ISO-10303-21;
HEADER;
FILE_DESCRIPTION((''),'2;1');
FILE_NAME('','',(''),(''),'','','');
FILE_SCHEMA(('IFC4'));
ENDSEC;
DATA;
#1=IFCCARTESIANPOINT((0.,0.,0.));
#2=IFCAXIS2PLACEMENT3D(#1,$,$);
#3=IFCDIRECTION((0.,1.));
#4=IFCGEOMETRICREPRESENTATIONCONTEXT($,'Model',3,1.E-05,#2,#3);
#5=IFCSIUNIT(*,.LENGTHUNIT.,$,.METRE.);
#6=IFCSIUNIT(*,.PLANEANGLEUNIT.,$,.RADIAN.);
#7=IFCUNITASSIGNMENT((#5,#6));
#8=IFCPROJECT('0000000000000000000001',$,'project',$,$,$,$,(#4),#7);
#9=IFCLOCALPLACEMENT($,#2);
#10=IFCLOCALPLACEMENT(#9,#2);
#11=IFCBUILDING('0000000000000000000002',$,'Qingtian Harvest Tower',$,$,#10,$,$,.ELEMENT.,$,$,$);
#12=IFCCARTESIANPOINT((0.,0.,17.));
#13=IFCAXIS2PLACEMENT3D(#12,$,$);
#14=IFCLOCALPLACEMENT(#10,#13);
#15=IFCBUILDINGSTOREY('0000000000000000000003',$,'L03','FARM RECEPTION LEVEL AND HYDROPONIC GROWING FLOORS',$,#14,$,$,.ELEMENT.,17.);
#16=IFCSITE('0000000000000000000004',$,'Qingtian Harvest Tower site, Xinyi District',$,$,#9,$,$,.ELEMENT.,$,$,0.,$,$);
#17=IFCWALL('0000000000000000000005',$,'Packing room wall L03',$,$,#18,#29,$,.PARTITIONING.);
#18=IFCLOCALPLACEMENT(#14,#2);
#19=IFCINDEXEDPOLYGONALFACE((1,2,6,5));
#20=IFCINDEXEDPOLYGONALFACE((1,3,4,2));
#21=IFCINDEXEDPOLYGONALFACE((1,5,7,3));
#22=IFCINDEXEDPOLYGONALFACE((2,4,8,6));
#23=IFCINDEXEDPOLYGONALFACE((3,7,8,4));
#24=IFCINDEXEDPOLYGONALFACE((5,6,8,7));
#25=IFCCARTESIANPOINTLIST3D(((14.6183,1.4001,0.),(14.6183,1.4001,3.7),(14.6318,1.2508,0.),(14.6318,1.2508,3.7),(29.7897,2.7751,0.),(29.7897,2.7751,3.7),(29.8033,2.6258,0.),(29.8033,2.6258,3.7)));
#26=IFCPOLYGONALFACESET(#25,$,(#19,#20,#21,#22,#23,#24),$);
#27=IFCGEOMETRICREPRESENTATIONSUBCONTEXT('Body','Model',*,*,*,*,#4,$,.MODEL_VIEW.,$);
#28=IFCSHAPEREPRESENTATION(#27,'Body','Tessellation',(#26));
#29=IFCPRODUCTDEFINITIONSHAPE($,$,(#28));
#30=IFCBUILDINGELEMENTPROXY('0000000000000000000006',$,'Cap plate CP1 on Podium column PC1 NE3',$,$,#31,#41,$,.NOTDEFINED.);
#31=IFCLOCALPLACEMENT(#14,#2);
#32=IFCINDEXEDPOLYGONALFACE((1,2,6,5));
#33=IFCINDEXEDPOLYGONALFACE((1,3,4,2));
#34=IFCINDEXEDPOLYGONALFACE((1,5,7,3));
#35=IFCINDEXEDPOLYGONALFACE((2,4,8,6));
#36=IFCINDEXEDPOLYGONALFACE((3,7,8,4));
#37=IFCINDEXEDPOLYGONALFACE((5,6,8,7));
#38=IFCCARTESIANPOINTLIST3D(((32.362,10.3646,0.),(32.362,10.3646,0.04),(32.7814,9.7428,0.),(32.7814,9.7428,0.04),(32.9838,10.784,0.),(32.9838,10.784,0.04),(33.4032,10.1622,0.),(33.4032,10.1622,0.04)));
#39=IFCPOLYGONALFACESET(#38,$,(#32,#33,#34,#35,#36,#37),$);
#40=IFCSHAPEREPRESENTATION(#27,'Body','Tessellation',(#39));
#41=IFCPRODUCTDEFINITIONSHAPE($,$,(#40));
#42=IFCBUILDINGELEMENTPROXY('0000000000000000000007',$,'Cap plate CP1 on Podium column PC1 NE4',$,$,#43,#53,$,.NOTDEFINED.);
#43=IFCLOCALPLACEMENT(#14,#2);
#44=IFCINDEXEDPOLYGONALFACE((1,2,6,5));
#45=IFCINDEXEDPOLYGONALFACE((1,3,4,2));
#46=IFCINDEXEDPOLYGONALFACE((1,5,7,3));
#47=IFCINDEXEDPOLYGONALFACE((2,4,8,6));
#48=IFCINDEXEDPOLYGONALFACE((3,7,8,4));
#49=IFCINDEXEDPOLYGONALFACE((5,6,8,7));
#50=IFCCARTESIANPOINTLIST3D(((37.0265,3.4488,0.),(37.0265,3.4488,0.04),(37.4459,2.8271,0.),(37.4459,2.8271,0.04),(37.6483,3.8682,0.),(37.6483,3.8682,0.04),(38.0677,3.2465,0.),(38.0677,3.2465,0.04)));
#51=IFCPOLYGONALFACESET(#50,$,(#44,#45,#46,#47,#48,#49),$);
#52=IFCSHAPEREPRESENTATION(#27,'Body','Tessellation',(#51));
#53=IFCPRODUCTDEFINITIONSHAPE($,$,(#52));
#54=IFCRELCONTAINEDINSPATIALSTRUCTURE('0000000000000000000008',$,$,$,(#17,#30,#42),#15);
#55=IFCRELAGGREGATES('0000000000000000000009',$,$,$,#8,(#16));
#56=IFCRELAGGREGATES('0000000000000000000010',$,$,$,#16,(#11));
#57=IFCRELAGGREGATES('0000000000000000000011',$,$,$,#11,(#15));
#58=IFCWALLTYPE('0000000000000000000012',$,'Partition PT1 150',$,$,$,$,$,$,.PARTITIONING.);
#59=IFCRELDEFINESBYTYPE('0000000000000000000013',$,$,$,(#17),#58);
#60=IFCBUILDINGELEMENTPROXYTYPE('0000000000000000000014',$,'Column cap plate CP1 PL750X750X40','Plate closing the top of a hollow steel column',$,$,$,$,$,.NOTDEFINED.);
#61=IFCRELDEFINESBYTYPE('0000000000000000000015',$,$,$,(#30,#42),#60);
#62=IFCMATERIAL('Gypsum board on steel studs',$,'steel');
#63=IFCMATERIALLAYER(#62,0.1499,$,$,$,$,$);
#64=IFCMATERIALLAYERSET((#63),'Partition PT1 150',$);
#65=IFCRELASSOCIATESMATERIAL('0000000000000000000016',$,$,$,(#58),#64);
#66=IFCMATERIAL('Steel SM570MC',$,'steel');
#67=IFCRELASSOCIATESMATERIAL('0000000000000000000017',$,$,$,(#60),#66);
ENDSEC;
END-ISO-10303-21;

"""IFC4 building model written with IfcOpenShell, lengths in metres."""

from ifc_helpers import new_model, si_unit, direction, frame, frame_2d, origin, origin_2d, place, context, subcontext, project, spatial, rectangle, extrude, material, layer, layer_set, material_profile, profile_set, type_object, element, save


model = new_model("IFC4")

# Units and contexts
model_context = context("Model", 3, precision=1e-05, world=origin(), true_north=direction((0.0, 1.0)))
body_context = subcontext(model_context, "Body", "Model", "MODEL_VIEW")
ifc_project = project(units=[si_unit("LENGTHUNIT", "METRE"), si_unit("PLANEANGLEUNIT", "RADIAN")], contexts=[model_context])

# Site, building, storey
site_placement = place(None, origin())
site = spatial("IfcSite", under=ifc_project, at=site_placement, Name="Qingtian Harvest Tower site, Xinyi District", CompositionType="ELEMENT", RefElevation=0.0)
building_placement = place(site_placement, origin())
building = spatial("IfcBuilding", under=site, at=building_placement, Name="Qingtian Harvest Tower", CompositionType="ELEMENT")
storey_placement = place(building_placement, frame((0.0, 0.0, 17.0)))
storey = spatial("IfcBuildingStorey", under=building, at=storey_placement, Name="L03", Description="FARM RECEPTION LEVEL AND HYDROPONIC GROWING FLOORS", CompositionType="ELEMENT", Elevation=17.0)

# Wall
ifc_material_1 = material(Name="Gypsum board on steel studs", Category="steel")
ifc_layer_1 = layer(ifc_material_1, 0.1499)
ifc_layer_set_1 = layer_set([ifc_layer_1], Name="Partition PT1 150")
wall_type_1 = type_object("IfcWallType", Name="Partition PT1 150", PredefinedType="PARTITIONING", material=ifc_layer_set_1)
wall_1_placement = place(storey_placement, frame((29.7964, 2.7004, 0.0), z_axis=(0.0, 0.0, 1.0), x_axis=(-0.995918, -0.090261, 0.0)))
element("IfcWall", 1, at=wall_1_placement, inside=storey, type_object=wall_type_1, Name="Packing room wall L03", PredefinedType="PARTITIONING", context=body_context, shape_type="SweptSolid", body=[
    extrude(rectangle(XDim=15.2336, YDim=0.1499, at=frame_2d((7.6167, 0.0))), origin(), (0.0, 0.0, 1.0), 3.7),
])

# Building element proxies
ifc_material_2 = material(Name="Steel SM570MC", Category="steel")
ifc_material_profile_1 = material_profile(ifc_material_2, rectangle(XDim=0.75, YDim=0.75, at=origin_2d()), Name="PL750X750X40")
ifc_profile_set_1 = profile_set([ifc_material_profile_1], Name="Steel SM570MC")
building_element_proxy_type = type_object("IfcBuildingElementProxyType", Name="Column cap plate CP1 PL750X750X40", Description="Plate closing the top of a hollow steel column", PredefinedType="NOTDEFINED", material=ifc_profile_set_1)
for number, where, z_axis, x_axis, name in (
    (2, (32.8826, 10.2634, 0.0), (0.0, 0.0, 1.0), (-0.559193, 0.829038, 0.0), "Cap plate CP1 on Podium column PC1 NE3"),
    (3, (37.5471, 3.3477, 0.0), (0.0, 0.0, 1.0), (-0.559193, 0.829038, 0.0), "Cap plate CP1 on Podium column PC1 NE4"),
):
    element("IfcBuildingElementProxy", number, at=place(storey_placement, frame(where, z_axis=z_axis, x_axis=x_axis)), inside=storey, type_object=building_element_proxy_type, Name=name, PredefinedType="NOTDEFINED", context=body_context, shape_type="SweptSolid", body=[
        extrude(rectangle(XDim=0.75, YDim=0.75, at=origin_2d()), origin(), (0.0, 0.0, 1.0), 0.04),
    ])

save(model, "model.ifc")
